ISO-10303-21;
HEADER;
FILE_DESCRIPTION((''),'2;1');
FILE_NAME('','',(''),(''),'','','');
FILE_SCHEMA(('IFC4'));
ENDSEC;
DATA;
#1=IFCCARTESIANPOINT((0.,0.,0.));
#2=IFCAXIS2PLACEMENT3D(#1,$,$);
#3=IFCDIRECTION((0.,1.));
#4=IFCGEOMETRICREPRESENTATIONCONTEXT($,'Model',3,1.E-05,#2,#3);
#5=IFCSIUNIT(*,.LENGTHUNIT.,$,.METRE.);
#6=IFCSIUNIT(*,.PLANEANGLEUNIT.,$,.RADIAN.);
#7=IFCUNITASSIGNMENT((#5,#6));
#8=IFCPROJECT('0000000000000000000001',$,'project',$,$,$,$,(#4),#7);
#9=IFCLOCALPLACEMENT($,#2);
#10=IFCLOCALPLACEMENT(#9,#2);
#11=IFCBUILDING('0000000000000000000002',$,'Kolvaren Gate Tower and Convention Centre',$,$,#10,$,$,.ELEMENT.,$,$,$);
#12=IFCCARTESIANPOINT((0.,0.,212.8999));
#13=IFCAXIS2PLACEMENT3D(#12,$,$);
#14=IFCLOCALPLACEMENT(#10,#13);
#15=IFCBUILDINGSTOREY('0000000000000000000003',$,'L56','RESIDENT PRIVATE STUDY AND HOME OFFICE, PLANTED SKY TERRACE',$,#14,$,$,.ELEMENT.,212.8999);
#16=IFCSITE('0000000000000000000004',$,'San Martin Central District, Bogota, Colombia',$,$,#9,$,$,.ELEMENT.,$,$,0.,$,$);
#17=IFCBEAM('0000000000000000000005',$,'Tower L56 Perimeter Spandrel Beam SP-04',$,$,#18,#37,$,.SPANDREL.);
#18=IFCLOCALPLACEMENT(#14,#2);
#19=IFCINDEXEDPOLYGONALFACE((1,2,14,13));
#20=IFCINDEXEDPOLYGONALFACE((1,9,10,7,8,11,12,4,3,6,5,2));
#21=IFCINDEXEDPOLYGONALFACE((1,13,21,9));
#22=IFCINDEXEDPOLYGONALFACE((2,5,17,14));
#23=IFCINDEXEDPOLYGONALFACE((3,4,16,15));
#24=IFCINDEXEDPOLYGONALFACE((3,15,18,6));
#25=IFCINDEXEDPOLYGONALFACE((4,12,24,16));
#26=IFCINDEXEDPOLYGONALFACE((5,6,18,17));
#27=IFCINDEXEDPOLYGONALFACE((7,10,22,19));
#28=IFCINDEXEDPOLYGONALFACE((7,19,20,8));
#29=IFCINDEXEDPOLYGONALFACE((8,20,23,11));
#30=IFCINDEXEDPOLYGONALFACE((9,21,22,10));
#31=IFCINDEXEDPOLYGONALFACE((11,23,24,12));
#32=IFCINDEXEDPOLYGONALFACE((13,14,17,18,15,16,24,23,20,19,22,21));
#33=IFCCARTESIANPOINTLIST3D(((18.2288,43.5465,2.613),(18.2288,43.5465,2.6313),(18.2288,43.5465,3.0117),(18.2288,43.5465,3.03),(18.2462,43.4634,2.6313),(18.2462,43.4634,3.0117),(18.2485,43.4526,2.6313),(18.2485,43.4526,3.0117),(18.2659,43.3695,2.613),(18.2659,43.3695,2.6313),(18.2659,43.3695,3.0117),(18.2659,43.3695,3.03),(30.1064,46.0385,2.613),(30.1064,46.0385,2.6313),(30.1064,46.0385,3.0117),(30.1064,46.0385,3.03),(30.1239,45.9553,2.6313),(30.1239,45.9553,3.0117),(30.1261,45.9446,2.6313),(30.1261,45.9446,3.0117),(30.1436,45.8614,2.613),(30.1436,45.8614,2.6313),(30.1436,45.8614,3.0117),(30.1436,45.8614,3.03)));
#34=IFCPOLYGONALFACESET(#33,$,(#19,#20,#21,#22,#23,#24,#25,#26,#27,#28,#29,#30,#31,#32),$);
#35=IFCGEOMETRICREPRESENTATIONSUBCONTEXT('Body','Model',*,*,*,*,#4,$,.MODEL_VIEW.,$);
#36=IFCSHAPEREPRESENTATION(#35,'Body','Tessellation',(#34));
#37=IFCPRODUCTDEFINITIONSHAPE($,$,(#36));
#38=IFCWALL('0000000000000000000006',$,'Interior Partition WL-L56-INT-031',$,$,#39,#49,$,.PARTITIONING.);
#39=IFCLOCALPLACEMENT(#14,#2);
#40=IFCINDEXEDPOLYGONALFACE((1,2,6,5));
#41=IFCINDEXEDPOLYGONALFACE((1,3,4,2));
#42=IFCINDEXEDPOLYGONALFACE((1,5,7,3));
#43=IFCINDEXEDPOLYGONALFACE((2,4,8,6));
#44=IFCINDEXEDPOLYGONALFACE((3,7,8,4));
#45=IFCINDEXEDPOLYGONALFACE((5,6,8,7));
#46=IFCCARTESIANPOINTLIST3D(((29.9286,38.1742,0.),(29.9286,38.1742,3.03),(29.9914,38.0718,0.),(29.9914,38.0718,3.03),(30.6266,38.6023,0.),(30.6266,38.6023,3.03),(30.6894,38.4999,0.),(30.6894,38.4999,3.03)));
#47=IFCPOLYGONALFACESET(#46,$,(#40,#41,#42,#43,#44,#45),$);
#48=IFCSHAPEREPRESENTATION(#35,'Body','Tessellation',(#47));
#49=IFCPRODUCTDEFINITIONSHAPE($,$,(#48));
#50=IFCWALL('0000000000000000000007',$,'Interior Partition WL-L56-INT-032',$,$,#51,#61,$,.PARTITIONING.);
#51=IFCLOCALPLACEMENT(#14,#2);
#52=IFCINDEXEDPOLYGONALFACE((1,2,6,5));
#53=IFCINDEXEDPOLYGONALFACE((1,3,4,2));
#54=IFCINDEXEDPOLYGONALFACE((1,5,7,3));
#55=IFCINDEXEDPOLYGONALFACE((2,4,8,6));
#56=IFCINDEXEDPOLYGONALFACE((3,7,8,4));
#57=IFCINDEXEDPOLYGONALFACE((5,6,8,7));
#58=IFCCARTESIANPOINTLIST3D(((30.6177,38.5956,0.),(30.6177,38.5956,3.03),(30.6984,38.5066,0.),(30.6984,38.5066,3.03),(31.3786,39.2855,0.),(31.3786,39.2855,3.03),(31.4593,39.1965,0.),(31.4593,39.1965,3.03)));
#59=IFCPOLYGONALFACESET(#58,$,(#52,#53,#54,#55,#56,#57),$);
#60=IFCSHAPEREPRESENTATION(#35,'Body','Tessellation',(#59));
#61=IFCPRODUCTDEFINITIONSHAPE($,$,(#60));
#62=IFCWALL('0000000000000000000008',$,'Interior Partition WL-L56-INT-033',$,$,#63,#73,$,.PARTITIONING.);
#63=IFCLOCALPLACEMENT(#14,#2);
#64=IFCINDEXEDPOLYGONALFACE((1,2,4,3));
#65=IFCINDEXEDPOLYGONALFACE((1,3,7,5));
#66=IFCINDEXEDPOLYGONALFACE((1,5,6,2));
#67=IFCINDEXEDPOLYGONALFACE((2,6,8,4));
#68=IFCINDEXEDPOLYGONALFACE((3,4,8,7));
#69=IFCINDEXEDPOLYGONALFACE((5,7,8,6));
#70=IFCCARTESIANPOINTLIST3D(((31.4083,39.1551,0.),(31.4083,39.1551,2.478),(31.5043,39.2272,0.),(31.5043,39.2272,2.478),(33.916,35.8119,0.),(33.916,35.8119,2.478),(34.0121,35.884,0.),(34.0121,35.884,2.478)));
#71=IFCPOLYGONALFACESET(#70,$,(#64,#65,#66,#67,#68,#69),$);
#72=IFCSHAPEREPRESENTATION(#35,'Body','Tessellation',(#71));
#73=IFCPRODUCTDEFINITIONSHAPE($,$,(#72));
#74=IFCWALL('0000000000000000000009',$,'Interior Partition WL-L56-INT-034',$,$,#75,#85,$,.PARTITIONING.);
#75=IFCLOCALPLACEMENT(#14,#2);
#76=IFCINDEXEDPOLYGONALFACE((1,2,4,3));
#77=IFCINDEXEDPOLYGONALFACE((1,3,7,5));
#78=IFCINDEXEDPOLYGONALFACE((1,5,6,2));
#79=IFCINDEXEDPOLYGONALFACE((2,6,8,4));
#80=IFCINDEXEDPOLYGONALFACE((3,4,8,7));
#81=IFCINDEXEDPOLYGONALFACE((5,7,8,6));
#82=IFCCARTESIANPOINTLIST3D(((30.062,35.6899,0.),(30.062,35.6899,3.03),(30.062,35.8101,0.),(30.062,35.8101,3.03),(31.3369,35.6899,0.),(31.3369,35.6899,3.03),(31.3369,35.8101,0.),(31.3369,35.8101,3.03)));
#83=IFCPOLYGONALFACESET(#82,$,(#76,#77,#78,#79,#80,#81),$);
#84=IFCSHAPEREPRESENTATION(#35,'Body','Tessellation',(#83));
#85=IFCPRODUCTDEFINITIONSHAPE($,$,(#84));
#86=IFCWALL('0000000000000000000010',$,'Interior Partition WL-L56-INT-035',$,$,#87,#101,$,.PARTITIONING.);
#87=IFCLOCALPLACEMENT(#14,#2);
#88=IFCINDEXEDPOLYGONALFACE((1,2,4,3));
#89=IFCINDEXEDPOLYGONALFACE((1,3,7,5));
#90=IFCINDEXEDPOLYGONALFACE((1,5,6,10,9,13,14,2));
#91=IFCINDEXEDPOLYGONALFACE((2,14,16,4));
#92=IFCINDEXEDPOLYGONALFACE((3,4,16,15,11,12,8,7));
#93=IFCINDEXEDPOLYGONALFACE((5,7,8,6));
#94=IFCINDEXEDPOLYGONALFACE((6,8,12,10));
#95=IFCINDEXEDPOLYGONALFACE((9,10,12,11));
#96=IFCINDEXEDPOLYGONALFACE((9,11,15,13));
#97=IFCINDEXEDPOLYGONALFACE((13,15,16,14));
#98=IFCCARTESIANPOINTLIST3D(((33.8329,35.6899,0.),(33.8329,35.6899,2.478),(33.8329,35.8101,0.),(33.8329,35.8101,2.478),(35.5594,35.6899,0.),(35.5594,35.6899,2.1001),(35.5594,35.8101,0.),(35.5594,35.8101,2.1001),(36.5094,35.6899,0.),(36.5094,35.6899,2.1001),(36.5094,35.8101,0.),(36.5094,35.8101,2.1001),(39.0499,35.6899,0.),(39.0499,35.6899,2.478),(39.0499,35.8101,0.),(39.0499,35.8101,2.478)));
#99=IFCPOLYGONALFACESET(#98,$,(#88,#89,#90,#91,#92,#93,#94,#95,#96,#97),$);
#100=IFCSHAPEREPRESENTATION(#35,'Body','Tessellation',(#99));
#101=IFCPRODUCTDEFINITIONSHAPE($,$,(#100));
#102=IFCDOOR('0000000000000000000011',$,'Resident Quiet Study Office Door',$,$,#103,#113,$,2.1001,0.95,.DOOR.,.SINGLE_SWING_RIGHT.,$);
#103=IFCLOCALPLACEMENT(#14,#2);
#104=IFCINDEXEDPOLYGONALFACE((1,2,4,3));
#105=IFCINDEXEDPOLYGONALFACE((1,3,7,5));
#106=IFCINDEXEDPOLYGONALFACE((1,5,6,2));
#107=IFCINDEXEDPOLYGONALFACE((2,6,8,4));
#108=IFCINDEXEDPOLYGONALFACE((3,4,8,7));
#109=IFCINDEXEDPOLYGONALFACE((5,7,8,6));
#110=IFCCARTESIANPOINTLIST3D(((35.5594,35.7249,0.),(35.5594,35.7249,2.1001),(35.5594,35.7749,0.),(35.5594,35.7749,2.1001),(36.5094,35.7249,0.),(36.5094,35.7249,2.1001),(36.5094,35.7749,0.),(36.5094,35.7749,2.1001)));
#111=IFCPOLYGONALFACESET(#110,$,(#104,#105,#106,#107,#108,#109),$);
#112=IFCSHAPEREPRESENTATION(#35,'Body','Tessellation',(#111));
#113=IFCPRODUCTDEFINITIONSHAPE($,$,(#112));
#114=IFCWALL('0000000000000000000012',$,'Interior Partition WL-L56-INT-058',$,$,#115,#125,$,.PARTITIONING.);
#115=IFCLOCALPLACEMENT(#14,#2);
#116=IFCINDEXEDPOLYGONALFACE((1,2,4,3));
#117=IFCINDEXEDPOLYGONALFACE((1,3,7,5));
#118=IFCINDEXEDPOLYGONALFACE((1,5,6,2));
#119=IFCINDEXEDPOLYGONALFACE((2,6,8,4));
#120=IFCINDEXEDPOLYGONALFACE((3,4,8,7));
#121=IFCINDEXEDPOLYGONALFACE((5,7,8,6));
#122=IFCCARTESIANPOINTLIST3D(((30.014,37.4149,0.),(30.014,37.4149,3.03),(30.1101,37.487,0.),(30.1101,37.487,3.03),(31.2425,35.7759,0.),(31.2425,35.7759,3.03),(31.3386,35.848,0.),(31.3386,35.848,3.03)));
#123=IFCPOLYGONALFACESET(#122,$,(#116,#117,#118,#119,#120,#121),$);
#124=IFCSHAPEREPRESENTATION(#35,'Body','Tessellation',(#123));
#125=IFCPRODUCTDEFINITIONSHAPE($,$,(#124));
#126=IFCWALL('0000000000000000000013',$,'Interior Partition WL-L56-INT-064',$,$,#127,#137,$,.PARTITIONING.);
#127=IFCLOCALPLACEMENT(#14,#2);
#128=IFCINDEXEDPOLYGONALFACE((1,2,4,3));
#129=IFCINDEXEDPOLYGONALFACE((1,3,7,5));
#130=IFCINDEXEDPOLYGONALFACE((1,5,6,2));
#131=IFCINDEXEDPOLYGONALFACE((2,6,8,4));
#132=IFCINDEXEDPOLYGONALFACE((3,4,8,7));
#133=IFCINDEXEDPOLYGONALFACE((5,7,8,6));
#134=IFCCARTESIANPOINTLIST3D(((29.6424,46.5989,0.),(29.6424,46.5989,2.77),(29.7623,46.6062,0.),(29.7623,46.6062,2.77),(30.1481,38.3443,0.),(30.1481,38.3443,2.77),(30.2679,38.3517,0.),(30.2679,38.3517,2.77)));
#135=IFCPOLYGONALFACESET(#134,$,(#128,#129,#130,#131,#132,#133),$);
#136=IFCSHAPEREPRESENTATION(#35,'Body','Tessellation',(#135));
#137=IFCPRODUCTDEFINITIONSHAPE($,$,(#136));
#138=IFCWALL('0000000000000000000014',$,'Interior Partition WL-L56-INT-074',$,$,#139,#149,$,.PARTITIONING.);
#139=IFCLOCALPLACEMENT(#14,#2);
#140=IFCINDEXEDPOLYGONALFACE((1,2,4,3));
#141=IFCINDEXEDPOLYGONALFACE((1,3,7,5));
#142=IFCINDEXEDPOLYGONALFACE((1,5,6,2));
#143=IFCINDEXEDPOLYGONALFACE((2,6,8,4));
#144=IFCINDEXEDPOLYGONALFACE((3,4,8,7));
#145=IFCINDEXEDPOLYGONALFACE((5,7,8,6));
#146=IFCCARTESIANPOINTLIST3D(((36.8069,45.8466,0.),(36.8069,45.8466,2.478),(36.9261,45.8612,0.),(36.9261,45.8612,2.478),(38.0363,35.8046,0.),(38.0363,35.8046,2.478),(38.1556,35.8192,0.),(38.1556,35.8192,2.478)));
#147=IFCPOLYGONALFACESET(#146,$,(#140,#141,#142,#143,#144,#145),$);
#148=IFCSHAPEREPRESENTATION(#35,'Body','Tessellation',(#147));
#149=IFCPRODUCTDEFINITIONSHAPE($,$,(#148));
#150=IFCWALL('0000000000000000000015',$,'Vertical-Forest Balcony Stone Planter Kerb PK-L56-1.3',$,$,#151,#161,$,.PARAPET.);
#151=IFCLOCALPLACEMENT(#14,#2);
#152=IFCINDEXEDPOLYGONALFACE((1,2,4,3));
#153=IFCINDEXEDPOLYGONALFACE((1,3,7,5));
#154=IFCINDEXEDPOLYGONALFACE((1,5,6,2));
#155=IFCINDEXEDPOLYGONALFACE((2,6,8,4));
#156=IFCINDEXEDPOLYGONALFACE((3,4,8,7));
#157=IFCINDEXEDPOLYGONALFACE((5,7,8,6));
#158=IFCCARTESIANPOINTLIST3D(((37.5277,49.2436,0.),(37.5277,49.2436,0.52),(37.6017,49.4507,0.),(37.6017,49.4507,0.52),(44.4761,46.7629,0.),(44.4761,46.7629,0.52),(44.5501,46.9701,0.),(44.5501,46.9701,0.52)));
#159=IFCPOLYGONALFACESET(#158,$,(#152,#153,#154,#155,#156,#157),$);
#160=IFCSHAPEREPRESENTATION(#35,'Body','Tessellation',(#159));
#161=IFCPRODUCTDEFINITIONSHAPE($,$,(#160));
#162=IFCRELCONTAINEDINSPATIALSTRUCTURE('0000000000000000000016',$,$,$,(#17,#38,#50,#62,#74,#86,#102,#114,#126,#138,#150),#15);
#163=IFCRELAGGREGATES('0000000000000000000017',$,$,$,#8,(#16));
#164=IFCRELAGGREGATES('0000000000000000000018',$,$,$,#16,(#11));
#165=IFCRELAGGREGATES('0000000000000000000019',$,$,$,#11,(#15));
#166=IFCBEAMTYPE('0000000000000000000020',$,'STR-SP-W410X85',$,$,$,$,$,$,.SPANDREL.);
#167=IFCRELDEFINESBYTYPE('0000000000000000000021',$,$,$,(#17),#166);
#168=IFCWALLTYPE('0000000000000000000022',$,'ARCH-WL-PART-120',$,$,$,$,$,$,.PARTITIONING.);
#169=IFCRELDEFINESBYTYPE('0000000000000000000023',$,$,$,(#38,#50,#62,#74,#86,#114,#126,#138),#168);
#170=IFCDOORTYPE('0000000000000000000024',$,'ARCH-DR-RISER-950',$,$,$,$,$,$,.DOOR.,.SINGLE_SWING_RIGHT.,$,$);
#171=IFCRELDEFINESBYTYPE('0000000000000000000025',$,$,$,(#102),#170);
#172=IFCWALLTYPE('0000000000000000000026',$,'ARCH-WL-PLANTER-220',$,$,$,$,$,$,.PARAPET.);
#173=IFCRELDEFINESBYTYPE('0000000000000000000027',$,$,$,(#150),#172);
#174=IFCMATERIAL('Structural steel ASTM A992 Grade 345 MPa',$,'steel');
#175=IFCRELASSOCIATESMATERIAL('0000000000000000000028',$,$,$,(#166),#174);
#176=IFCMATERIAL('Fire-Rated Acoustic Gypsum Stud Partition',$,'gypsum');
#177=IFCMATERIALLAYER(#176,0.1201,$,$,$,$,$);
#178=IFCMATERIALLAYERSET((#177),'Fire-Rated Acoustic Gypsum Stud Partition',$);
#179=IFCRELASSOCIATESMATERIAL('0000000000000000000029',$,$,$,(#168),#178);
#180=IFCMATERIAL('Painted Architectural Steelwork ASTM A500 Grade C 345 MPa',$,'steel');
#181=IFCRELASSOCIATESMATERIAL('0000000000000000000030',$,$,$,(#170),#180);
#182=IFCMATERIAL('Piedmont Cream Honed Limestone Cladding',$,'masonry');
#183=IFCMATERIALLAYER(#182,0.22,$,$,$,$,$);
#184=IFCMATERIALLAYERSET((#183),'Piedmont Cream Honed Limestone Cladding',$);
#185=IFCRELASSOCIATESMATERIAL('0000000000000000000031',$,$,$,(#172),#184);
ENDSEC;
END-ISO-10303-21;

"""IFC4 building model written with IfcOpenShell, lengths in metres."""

from ifc_helpers import new_model, si_unit, direction, frame, frame_2d, origin, origin_2d, place, context, subcontext, project, spatial, rectangle, i_section, extrude, material, layer, layer_set, material_profile, profile_set, type_object, element, fill, save


model = new_model("IFC4")

# Units and contexts
model_context = context("Model", 3, precision=1e-05, world=origin(), true_north=direction((0.0, 1.0)))
body_context = subcontext(model_context, "Body", "Model", "MODEL_VIEW")
ifc_project = project(units=[si_unit("LENGTHUNIT", "METRE"), si_unit("PLANEANGLEUNIT", "RADIAN")], contexts=[model_context])

# Site, building, storey
site_placement = place(None, origin())
site = spatial("IfcSite", under=ifc_project, at=site_placement, Name="San Martin Central District, Bogota, Colombia", CompositionType="ELEMENT", RefElevation=0.0)
building_placement = place(site_placement, origin())
building = spatial("IfcBuilding", under=site, at=building_placement, Name="Kolvaren Gate Tower and Convention Centre", CompositionType="ELEMENT")
storey_placement = place(building_placement, frame((0.0, 0.0, 212.8999)))
storey = spatial("IfcBuildingStorey", under=building, at=storey_placement, Name="L56", Description="RESIDENT PRIVATE STUDY AND HOME OFFICE, PLANTED SKY TERRACE", CompositionType="ELEMENT", Elevation=212.8999)

# Beam
ifc_material_1 = material(Name="Structural steel ASTM A992 Grade 345 MPa", Category="steel")
ifc_material_profile_1 = material_profile(ifc_material_1, i_section(OverallWidth=0.1809, OverallDepth=0.417, WebThickness=0.011, FlangeThickness=0.0183, at=origin_2d()), Name="W410X85")
ifc_profile_set_1 = profile_set([ifc_material_profile_1], Name="Structural steel ASTM A992 Grade 345 MPa")
beam_type_1 = type_object("IfcBeamType", Name="STR-SP-W410X85", PredefinedType="SPANDREL", material=ifc_profile_set_1)
beam_1_placement = place(storey_placement, frame((30.125, 45.95, 2.8215), z_axis=(-0.978693, -0.20533, 0.0), x_axis=(0.20533, -0.978693, 0.0)))
element("IfcBeam", 1, at=beam_1_placement, inside=storey, type_object=beam_type_1, Name="Tower L56 Perimeter Spandrel Beam SP-04", PredefinedType="SPANDREL", context=body_context, shape_type="SweptSolid", body=[
    extrude(i_section(OverallWidth=0.1809, OverallDepth=0.417, WebThickness=0.011, FlangeThickness=0.0183, at=origin_2d()), origin(), (0.0, 0.0, 1.0), 12.1362),
])

# Walls
ifc_material_2 = material(Name="Fire-Rated Acoustic Gypsum Stud Partition", Category="gypsum")
ifc_layer_1 = layer(ifc_material_2, 0.1201)
ifc_layer_set_1 = layer_set([ifc_layer_1], Name="Fire-Rated Acoustic Gypsum Stud Partition")
wall_type_1 = type_object("IfcWallType", Name="ARCH-WL-PART-120", PredefinedType="PARTITIONING", material=ifc_layer_set_1)
wall_1_placement = place(storey_placement, frame((29.96, 38.123, 0.0), z_axis=(0.0, 0.0, 1.0), x_axis=(0.852507, 0.522716, 0.0)))
element("IfcWall", 2, at=wall_1_placement, inside=storey, type_object=wall_type_1, Name="Interior Partition WL-L56-INT-031", PredefinedType="PARTITIONING", context=body_context, shape_type="SweptSolid", body=[
    extrude(rectangle(XDim=0.8188, YDim=0.1201, at=frame_2d((0.4094, 0.0))), origin(), (0.0, 0.0, 1.0), 3.03),
])
wall_2_placement = place(storey_placement, frame((30.658, 38.551, 0.0), z_axis=(0.0, 0.0, 1.0), x_axis=(0.740843, 0.671678, 0.0)))
element("IfcWall", 3, at=wall_2_placement, inside=storey, type_object=wall_type_1, Name="Interior Partition WL-L56-INT-032", PredefinedType="PARTITIONING", context=body_context, shape_type="SweptSolid", body=[
    extrude(rectangle(XDim=1.0271, YDim=0.1201, at=frame_2d((0.5137, 0.0))), origin(), (0.0, 0.0, 1.0), 3.03),
])
wall_3_placement = place(storey_placement, frame((31.4563, 39.1912, 0.0), z_axis=(0.0, 0.0, 1.0), x_axis=(0.600056, -0.799958, 0.0)))
element("IfcWall", 4, at=wall_3_placement, inside=storey, type_object=wall_type_1, Name="Interior Partition WL-L56-INT-033", PredefinedType="PARTITIONING", context=body_context, shape_type="SweptSolid", body=[
    extrude(rectangle(XDim=4.1792, YDim=0.1201, at=frame_2d((2.0896, 0.0))), origin(), (0.0, 0.0, 1.0), 2.478),
])
wall_4_placement = place(storey_placement, frame((30.062, 35.75, 0.0), z_axis=(0.0, 0.0, 1.0), x_axis=(1.0, 0.0, 0.0)))
element("IfcWall", 5, at=wall_4_placement, inside=storey, type_object=wall_type_1, Name="Interior Partition WL-L56-INT-034", PredefinedType="PARTITIONING", context=body_context, shape_type="SweptSolid", body=[
    extrude(rectangle(XDim=1.2749, YDim=0.1201, at=frame_2d((0.6375, 0.0))), origin(), (0.0, 0.0, 1.0), 3.03),
])

# Wall, opening, door
wall_5_placement = place(storey_placement, frame((33.833, 35.75, 0.0), z_axis=(0.0, 0.0, 1.0), x_axis=(1.0, 0.0, 0.0)))
wall_5 = element("IfcWall", 6, at=wall_5_placement, inside=storey, type_object=wall_type_1, Name="Interior Partition WL-L56-INT-035", PredefinedType="PARTITIONING", context=body_context, shape_type="SweptSolid", body=[
    extrude(rectangle(XDim=5.217, YDim=0.1201, at=frame_2d((2.6084, 0.0))), origin(), (0.0, 0.0, 1.0), 2.478),
])
opening_1_placement = place(wall_5_placement, frame((1.7263, 0.0, 0.0)))
opening_1 = element("IfcOpeningElement", 7, at=opening_1_placement, cuts=wall_5, PredefinedType="OPENING", context=body_context, shape_type="SweptSolid", body=[
    extrude(rectangle(XDim=0.95, YDim=2.1001, at=frame_2d((0.4751, 1.05))), frame((0.0, 0.0701, 0.0), z_axis=(0.0, -1.0, 0.0), x_axis=(1.0, 0.0, 0.0)), (0.0, 0.0, 1.0), 0.1401),
])
ifc_material_3 = material(Name="Painted Architectural Steelwork ASTM A500 Grade C 345 MPa", Category="steel")
door_type = type_object("IfcDoorType", Name="ARCH-DR-RISER-950", OperationType="SINGLE_SWING_RIGHT", PredefinedType="DOOR", material=ifc_material_3)
door_placement = place(opening_1_placement, origin())
door = element("IfcDoor", 8, at=door_placement, inside=storey, type_object=door_type, Name="Resident Quiet Study Office Door", OperationType="SINGLE_SWING_RIGHT", OverallHeight=2.1001, OverallWidth=0.95, PredefinedType="DOOR", context=body_context, shape_type="SweptSolid", body=[
    extrude(rectangle(XDim=0.95, YDim=2.1001, at=frame_2d((0.4751, 1.05))), frame((0.0, 0.0249, 0.0), z_axis=(0.0, -1.0, 0.0), x_axis=(1.0, 0.0, 0.0)), (0.0, 0.0, 1.0), 0.05),
])
fill(opening_1, door)

# Walls
wall_6_placement = place(storey_placement, frame((30.062, 37.4509, 0.0), z_axis=(0.0, 0.0, 1.0), x_axis=(0.59979, -0.800157, 0.0)))
element("IfcWall", 9, at=wall_6_placement, inside=storey, type_object=wall_type_1, Name="Interior Partition WL-L56-INT-058", PredefinedType="PARTITIONING", context=body_context, shape_type="SweptSolid", body=[
    extrude(rectangle(XDim=2.0483, YDim=0.1201, at=frame_2d((1.0242, 0.0))), origin(), (0.0, 0.0, 1.0), 3.03),
])
wall_7_placement = place(storey_placement, frame((29.7024, 46.6025, 0.0), z_axis=(0.0, 0.0, 1.0), x_axis=(0.061138, -0.998129, 0.0)))
element("IfcWall", 10, at=wall_7_placement, inside=storey, type_object=wall_type_1, Name="Interior Partition WL-L56-INT-064", PredefinedType="PARTITIONING", context=body_context, shape_type="SweptSolid", body=[
    extrude(rectangle(XDim=8.27, YDim=0.1201, at=frame_2d((4.135, 0.0))), origin(), (0.0, 0.0, 1.0), 2.77),
])
wall_8_placement = place(storey_placement, frame((36.8665, 45.854, 0.0), z_axis=(0.0, 0.0, 1.0), x_axis=(0.121528, -0.992588, 0.0)))
element("IfcWall", 11, at=wall_8_placement, inside=storey, type_object=wall_type_1, Name="Interior Partition WL-L56-INT-074", PredefinedType="PARTITIONING", context=body_context, shape_type="SweptSolid", body=[
    extrude(rectangle(XDim=10.1169, YDim=0.1201, at=frame_2d((5.0586, 0.0))), origin(), (0.0, 0.0, 1.0), 2.478),
])
ifc_material_4 = material(Name="Piedmont Cream Honed Limestone Cladding", Category="masonry")
ifc_layer_2 = layer(ifc_material_4, 0.22)
ifc_layer_set_2 = layer_set([ifc_layer_2], Name="Piedmont Cream Honed Limestone Cladding")
wall_type_2 = type_object("IfcWallType", Name="ARCH-WL-PLANTER-220", PredefinedType="PARAPET", material=ifc_layer_set_2)
wall_9_placement = place(storey_placement, frame((37.5647, 49.3472, 0.0), z_axis=(0.0, 0.0, 1.0), x_axis=(0.94178, -0.336229, 0.0)))
element("IfcWall", 12, at=wall_9_placement, inside=storey, type_object=wall_type_2, Name="Vertical-Forest Balcony Stone Planter Kerb PK-L56-1.3", PredefinedType="PARAPET", context=body_context, shape_type="SweptSolid", body=[
    extrude(rectangle(XDim=7.3779, YDim=0.22, at=frame_2d((3.689, 0.0))), origin(), (0.0, 0.0, 1.0), 0.52),
])

save(model, "model.ifc")
